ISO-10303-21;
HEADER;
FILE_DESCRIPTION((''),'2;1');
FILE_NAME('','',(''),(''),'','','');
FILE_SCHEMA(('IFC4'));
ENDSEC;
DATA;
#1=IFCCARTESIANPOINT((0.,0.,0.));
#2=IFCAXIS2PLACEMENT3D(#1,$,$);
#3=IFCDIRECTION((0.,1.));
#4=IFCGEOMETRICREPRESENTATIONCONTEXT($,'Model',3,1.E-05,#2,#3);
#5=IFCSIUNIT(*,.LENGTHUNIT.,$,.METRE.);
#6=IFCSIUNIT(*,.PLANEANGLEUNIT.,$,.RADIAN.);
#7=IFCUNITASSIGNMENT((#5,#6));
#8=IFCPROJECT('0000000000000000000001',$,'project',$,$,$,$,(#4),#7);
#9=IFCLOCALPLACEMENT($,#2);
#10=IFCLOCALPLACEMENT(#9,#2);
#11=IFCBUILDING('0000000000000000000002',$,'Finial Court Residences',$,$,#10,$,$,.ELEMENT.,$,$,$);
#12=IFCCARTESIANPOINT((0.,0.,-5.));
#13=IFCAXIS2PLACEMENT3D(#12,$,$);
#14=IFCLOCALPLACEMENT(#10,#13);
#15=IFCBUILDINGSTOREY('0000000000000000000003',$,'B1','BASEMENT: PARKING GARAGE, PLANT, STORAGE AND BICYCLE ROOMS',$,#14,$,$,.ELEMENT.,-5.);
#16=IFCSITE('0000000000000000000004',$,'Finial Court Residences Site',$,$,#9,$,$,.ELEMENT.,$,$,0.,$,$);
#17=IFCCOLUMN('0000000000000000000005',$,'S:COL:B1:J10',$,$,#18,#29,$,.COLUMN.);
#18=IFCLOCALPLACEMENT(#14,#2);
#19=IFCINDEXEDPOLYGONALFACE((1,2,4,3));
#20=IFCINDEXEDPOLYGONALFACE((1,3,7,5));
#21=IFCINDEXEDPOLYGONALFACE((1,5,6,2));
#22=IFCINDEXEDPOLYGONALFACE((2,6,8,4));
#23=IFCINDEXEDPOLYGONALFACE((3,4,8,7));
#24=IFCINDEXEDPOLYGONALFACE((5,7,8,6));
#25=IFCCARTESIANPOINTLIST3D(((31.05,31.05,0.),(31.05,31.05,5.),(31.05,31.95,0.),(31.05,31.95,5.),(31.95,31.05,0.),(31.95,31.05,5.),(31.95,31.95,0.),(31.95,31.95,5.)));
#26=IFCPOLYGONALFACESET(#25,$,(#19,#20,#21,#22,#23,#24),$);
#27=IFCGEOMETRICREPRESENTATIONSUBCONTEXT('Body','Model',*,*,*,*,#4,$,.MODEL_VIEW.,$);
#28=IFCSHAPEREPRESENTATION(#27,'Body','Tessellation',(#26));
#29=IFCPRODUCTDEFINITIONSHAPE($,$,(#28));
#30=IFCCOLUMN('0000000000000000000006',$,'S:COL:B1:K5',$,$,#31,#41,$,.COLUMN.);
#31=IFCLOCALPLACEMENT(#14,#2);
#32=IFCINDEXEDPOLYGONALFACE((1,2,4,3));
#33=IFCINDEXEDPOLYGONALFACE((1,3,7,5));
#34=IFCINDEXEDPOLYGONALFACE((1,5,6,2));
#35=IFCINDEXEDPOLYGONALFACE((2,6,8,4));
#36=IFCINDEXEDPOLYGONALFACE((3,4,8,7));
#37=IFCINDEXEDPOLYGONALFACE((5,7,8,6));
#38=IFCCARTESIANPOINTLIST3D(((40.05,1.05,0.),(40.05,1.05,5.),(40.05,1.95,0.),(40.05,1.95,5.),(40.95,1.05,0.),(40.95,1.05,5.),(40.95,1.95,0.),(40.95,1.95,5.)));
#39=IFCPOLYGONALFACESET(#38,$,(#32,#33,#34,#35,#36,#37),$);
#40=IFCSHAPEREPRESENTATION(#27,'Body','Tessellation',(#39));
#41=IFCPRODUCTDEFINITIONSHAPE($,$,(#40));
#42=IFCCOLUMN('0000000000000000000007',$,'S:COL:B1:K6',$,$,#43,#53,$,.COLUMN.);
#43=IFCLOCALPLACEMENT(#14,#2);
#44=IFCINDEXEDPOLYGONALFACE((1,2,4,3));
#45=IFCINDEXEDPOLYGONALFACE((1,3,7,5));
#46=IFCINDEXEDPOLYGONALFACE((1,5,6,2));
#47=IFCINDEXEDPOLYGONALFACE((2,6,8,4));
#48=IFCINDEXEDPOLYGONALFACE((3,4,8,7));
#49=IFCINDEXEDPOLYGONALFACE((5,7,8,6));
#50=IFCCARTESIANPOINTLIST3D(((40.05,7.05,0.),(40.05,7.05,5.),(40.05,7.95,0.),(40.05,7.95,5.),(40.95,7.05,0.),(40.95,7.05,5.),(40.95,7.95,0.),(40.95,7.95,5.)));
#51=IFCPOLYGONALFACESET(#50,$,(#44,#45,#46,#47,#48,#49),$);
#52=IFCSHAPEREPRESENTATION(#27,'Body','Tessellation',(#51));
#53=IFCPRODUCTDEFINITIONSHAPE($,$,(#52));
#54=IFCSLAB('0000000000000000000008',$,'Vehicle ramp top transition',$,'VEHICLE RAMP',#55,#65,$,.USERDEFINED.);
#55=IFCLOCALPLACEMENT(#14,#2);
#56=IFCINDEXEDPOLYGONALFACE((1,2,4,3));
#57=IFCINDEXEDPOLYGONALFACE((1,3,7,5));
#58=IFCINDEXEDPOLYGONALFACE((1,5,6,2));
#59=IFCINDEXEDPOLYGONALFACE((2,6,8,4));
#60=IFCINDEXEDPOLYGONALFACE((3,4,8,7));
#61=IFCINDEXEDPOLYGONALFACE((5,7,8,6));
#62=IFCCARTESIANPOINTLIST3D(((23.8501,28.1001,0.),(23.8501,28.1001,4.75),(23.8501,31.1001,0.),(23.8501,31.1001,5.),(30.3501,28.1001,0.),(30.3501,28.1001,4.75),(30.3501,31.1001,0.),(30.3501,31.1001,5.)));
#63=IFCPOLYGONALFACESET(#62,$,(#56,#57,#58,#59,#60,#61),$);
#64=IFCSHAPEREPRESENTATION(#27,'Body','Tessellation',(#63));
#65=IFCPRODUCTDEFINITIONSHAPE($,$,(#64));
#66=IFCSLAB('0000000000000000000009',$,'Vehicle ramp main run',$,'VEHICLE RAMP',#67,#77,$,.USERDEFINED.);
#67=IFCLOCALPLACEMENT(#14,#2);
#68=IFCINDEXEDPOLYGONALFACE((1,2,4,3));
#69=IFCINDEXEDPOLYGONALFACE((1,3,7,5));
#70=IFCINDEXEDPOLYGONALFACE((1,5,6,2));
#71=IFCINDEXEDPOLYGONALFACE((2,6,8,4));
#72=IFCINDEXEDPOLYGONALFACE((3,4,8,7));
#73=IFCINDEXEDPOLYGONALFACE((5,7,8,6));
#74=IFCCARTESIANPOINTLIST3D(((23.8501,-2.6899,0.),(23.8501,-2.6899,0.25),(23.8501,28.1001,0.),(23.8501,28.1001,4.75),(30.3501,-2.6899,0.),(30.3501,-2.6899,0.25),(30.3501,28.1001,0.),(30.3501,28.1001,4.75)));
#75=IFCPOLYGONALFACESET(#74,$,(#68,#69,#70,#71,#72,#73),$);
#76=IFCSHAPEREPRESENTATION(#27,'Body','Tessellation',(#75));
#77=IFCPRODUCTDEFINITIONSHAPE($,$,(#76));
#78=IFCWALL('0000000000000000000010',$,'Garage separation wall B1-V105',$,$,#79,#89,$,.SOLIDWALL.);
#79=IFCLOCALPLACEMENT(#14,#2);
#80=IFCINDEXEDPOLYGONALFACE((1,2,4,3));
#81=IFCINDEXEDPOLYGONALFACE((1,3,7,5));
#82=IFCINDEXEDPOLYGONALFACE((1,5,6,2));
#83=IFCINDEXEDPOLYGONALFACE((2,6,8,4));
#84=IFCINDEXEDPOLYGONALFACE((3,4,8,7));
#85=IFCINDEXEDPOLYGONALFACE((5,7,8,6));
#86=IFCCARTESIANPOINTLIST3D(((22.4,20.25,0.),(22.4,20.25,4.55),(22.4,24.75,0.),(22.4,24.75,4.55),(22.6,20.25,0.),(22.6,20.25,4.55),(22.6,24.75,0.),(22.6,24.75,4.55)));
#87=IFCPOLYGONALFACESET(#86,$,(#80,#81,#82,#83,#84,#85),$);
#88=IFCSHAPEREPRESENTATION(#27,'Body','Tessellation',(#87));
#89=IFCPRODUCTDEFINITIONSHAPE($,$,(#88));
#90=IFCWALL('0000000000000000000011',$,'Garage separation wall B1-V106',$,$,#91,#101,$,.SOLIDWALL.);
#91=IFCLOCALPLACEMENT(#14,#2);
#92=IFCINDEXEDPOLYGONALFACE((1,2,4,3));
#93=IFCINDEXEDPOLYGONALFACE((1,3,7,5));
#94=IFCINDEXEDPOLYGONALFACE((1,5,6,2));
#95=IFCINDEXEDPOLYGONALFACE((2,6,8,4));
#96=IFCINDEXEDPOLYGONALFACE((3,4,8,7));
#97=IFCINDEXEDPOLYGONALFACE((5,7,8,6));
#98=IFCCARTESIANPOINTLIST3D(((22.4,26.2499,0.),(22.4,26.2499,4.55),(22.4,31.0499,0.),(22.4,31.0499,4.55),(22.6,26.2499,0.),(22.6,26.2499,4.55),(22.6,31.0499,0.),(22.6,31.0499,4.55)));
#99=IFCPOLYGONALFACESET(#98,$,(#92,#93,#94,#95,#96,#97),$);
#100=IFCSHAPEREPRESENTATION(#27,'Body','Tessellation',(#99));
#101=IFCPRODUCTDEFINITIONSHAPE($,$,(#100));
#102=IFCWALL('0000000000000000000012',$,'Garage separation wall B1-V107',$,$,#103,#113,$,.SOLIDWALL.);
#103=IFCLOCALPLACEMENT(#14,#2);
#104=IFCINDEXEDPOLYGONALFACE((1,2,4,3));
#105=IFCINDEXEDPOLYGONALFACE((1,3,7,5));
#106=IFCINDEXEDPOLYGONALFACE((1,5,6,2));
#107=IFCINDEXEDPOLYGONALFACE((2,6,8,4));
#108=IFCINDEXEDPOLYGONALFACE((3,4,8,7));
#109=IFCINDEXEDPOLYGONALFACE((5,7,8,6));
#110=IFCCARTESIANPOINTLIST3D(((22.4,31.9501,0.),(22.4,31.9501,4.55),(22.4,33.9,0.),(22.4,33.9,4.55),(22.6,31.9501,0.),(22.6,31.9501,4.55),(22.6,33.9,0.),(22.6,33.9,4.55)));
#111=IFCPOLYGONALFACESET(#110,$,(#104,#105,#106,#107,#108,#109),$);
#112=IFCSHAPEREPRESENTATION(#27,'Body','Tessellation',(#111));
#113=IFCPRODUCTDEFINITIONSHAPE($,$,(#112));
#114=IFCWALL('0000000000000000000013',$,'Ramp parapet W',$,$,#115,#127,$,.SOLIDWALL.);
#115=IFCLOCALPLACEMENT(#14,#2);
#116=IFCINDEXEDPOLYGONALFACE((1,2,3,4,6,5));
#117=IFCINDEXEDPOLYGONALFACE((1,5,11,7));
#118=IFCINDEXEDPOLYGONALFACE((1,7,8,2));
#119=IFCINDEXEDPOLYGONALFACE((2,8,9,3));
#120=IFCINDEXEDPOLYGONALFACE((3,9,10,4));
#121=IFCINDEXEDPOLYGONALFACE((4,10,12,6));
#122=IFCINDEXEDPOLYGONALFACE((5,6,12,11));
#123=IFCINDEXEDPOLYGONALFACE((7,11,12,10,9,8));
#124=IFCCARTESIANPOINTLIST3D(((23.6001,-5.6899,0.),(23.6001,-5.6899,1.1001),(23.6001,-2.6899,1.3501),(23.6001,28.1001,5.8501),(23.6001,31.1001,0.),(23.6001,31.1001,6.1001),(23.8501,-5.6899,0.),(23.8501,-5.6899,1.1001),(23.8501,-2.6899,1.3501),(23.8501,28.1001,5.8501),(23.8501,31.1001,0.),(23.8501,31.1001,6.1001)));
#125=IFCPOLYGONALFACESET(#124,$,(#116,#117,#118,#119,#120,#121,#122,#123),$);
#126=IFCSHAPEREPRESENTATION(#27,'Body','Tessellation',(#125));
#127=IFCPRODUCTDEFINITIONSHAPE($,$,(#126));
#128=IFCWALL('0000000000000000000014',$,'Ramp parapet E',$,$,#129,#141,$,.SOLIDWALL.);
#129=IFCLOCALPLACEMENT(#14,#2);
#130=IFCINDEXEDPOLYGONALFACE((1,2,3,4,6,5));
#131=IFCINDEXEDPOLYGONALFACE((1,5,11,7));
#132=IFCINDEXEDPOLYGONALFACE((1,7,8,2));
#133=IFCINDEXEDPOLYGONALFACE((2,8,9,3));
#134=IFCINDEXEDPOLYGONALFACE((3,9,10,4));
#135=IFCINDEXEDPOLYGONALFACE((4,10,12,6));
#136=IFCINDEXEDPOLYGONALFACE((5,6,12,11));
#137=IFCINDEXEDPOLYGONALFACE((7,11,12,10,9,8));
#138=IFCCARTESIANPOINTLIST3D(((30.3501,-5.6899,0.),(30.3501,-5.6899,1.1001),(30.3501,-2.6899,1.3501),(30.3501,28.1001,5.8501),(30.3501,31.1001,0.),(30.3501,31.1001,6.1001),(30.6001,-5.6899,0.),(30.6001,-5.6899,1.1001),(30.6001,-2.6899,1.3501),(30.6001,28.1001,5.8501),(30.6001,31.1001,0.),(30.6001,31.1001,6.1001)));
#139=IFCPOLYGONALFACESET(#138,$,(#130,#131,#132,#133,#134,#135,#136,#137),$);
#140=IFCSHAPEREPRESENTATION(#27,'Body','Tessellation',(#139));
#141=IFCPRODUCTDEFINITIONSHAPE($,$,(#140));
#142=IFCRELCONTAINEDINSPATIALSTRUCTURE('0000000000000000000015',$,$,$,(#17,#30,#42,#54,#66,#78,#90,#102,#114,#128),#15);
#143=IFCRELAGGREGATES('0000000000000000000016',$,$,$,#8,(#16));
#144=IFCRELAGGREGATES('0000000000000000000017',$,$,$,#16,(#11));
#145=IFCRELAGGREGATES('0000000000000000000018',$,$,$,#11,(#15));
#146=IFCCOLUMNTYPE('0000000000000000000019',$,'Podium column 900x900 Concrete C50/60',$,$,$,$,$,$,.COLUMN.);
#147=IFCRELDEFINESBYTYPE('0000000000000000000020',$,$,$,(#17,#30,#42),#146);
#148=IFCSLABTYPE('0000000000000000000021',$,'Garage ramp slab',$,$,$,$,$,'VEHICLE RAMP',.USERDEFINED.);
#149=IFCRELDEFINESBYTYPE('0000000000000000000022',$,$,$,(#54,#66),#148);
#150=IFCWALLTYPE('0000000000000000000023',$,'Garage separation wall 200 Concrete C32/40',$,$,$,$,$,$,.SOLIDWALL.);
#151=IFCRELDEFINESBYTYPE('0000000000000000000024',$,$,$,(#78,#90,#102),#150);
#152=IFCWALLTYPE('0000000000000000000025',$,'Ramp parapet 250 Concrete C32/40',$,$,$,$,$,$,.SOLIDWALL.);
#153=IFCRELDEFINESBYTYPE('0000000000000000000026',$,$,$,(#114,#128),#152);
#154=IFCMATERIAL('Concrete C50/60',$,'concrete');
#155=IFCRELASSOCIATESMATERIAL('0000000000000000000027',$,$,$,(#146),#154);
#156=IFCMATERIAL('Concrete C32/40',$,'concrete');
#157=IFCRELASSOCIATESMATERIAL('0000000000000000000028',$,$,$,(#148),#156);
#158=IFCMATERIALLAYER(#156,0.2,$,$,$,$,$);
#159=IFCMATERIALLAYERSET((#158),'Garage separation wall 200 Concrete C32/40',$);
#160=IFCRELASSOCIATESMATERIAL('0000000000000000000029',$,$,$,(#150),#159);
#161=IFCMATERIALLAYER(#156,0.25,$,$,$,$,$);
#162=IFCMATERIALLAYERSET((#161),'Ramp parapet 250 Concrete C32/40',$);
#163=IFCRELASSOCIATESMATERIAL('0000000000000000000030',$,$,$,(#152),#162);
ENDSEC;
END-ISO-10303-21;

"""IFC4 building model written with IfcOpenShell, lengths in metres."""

from ifc_helpers import new_model, si_unit, direction, frame, frame_2d, origin, origin_2d, place, context, subcontext, project, spatial, polyline, rectangle, outline, extrude, material, layer, layer_set, material_profile, profile_set, type_object, element, save


model = new_model("IFC4")

# Units and contexts
model_context = context("Model", 3, precision=1e-05, world=origin(), true_north=direction((0.0, 1.0)))
body_context = subcontext(model_context, "Body", "Model", "MODEL_VIEW")
ifc_project = project(units=[si_unit("LENGTHUNIT", "METRE"), si_unit("PLANEANGLEUNIT", "RADIAN")], contexts=[model_context])

# Site, building, storey
site_placement = place(None, origin())
site = spatial("IfcSite", under=ifc_project, at=site_placement, Name="Finial Court Residences Site", CompositionType="ELEMENT", RefElevation=0.0)
building_placement = place(site_placement, origin())
building = spatial("IfcBuilding", under=site, at=building_placement, Name="Finial Court Residences", CompositionType="ELEMENT")
storey_placement = place(building_placement, frame((0.0, 0.0, -5.0)))
storey = spatial("IfcBuildingStorey", under=building, at=storey_placement, Name="B1", Description="BASEMENT: PARKING GARAGE, PLANT, STORAGE AND BICYCLE ROOMS", CompositionType="ELEMENT", Elevation=-5.0)

# Columns
ifc_material_1 = material(Name="Concrete C50/60", Category="concrete")
ifc_material_profile_1 = material_profile(ifc_material_1, rectangle(XDim=0.8999, YDim=0.8999, at=origin_2d()), Name="900x900")
ifc_profile_set_1 = profile_set([ifc_material_profile_1], Name="Concrete C50/60")
column_type_1 = type_object("IfcColumnType", Name="Podium column 900x900 Concrete C50/60", PredefinedType="COLUMN", material=ifc_profile_set_1)
for number, where, z_axis, x_axis, name in (
    (1, (31.5, 31.5, 0.0), (0.0, 0.0, 1.0), (1.0, 0.0, 0.0), "S:COL:B1:J10"),
    (2, (40.5, 1.5, 0.0), (0.0, 0.0, 1.0), (1.0, 0.0, 0.0), "S:COL:B1:K5"),
    (3, (40.5, 7.5, 0.0), (0.0, 0.0, 1.0), (1.0, 0.0, 0.0), "S:COL:B1:K6"),
):
    element("IfcColumn", number, at=place(storey_placement, frame(where, z_axis=z_axis, x_axis=x_axis)), inside=storey, type_object=column_type_1, Name=name, PredefinedType="COLUMN", context=body_context, shape_type="SweptSolid", body=[
        extrude(rectangle(XDim=0.8999, YDim=0.8999, at=origin_2d()), origin(), (0.0, 0.0, 1.0), 5.0),
    ])

# Slabs
ifc_material_2 = material(Name="Concrete C32/40", Category="concrete")
slab_type = type_object("IfcSlabType", Name="Garage ramp slab", ElementType="VEHICLE RAMP", PredefinedType="USERDEFINED", material=ifc_material_2)
slab_1_placement = place(storey_placement, frame((27.1001, 31.1001, 0.0), z_axis=(0.0, 0.0, 1.0), x_axis=(0.0, -1.0, 0.0)))
element("IfcSlab", 4, at=slab_1_placement, inside=storey, type_object=slab_type, Name="Vehicle ramp top transition", ObjectType="VEHICLE RAMP", PredefinedType="USERDEFINED", context=body_context, shape_type="SweptSolid", body=[
    extrude(outline(polyline([(0.0, 0.0), (3.0, 0.0), (3.0, 4.75), (0.0, 5.0), (0.0, 0.0)])), frame((0.0, 3.25, 0.0), z_axis=(0.0, -1.0, 0.0), x_axis=(1.0, 0.0, 0.0)), (0.0, 0.0, 1.0), 6.5),
])
slab_2_placement = place(storey_placement, frame((27.1001, 28.1001, 0.0), z_axis=(0.0, 0.0, 1.0), x_axis=(0.0, -1.0, 0.0)))
element("IfcSlab", 5, at=slab_2_placement, inside=storey, type_object=slab_type, Name="Vehicle ramp main run", ObjectType="VEHICLE RAMP", PredefinedType="USERDEFINED", context=body_context, shape_type="SweptSolid", body=[
    extrude(outline(polyline([(0.0, 0.0), (30.79, 0.0), (30.79, 0.25), (0.0, 4.75), (0.0, 0.0)])), frame((0.0, 3.25, 0.0), z_axis=(0.0, -1.0, 0.0), x_axis=(1.0, 0.0, 0.0)), (0.0, 0.0, 1.0), 6.5),
])

# Walls
ifc_layer_1 = layer(ifc_material_2, 0.2)
ifc_layer_set_1 = layer_set([ifc_layer_1], Name="Garage separation wall 200 Concrete C32/40")
wall_type_1 = type_object("IfcWallType", Name="Garage separation wall 200 Concrete C32/40", PredefinedType="SOLIDWALL", material=ifc_layer_set_1)
wall_1_placement = place(storey_placement, frame((22.5, 20.25, 0.0), z_axis=(0.0, 0.0, 1.0), x_axis=(0.0, 1.0, 0.0)))
element("IfcWall", 6, at=wall_1_placement, inside=storey, type_object=wall_type_1, Name="Garage separation wall B1-V105", PredefinedType="SOLIDWALL", context=body_context, shape_type="SweptSolid", body=[
    extrude(rectangle(XDim=4.5, YDim=0.2, at=frame_2d((2.25, 0.0))), origin(), (0.0, 0.0, 1.0), 4.55),
])
wall_2_placement = place(storey_placement, frame((22.5, 26.25, 0.0), z_axis=(0.0, 0.0, 1.0), x_axis=(0.0, 1.0, 0.0)))
element("IfcWall", 7, at=wall_2_placement, inside=storey, type_object=wall_type_1, Name="Garage separation wall B1-V106", PredefinedType="SOLIDWALL", context=body_context, shape_type="SweptSolid", body=[
    extrude(rectangle(XDim=4.8, YDim=0.2, at=frame_2d((2.3999, 0.0))), origin(), (0.0, 0.0, 1.0), 4.55),
])
wall_3_placement = place(storey_placement, frame((22.5, 31.95, 0.0), z_axis=(0.0, 0.0, 1.0), x_axis=(0.0, 1.0, 0.0)))
element("IfcWall", 8, at=wall_3_placement, inside=storey, type_object=wall_type_1, Name="Garage separation wall B1-V107", PredefinedType="SOLIDWALL", context=body_context, shape_type="SweptSolid", body=[
    extrude(rectangle(XDim=1.95, YDim=0.2, at=frame_2d((0.9751, 0.0))), origin(), (0.0, 0.0, 1.0), 4.55),
])
ifc_layer_2 = layer(ifc_material_2, 0.25)
ifc_layer_set_2 = layer_set([ifc_layer_2], Name="Ramp parapet 250 Concrete C32/40")
wall_type_2 = type_object("IfcWallType", Name="Ramp parapet 250 Concrete C32/40", PredefinedType="SOLIDWALL", material=ifc_layer_set_2)
for number, where, z_axis, x_axis, name in (
    (9, (23.7251, 31.1001, 0.0), (0.0, 0.0, 1.0), (0.0, -1.0, 0.0), "Ramp parapet W"),
    (10, (30.4751, 31.1001, 0.0), (0.0, 0.0, 1.0), (0.0, -1.0, 0.0), "Ramp parapet E"),
):
    element("IfcWall", number, at=place(storey_placement, frame(where, z_axis=z_axis, x_axis=x_axis)), inside=storey, type_object=wall_type_2, Name=name, PredefinedType="SOLIDWALL", context=body_context, shape_type="SweptSolid", body=[
        extrude(outline(polyline([(0.0, 0.0), (36.79, 0.0), (36.79, 1.1001), (33.79, 1.3501), (3.0, 5.8501), (0.0, 6.1001), (0.0, 0.0)])), frame((0.0, 0.125, 0.0), z_axis=(0.0, -1.0, 0.0), x_axis=(1.0, 0.0, 0.0)), (0.0, 0.0, 1.0), 0.25),
    ])

save(model, "model.ifc")
